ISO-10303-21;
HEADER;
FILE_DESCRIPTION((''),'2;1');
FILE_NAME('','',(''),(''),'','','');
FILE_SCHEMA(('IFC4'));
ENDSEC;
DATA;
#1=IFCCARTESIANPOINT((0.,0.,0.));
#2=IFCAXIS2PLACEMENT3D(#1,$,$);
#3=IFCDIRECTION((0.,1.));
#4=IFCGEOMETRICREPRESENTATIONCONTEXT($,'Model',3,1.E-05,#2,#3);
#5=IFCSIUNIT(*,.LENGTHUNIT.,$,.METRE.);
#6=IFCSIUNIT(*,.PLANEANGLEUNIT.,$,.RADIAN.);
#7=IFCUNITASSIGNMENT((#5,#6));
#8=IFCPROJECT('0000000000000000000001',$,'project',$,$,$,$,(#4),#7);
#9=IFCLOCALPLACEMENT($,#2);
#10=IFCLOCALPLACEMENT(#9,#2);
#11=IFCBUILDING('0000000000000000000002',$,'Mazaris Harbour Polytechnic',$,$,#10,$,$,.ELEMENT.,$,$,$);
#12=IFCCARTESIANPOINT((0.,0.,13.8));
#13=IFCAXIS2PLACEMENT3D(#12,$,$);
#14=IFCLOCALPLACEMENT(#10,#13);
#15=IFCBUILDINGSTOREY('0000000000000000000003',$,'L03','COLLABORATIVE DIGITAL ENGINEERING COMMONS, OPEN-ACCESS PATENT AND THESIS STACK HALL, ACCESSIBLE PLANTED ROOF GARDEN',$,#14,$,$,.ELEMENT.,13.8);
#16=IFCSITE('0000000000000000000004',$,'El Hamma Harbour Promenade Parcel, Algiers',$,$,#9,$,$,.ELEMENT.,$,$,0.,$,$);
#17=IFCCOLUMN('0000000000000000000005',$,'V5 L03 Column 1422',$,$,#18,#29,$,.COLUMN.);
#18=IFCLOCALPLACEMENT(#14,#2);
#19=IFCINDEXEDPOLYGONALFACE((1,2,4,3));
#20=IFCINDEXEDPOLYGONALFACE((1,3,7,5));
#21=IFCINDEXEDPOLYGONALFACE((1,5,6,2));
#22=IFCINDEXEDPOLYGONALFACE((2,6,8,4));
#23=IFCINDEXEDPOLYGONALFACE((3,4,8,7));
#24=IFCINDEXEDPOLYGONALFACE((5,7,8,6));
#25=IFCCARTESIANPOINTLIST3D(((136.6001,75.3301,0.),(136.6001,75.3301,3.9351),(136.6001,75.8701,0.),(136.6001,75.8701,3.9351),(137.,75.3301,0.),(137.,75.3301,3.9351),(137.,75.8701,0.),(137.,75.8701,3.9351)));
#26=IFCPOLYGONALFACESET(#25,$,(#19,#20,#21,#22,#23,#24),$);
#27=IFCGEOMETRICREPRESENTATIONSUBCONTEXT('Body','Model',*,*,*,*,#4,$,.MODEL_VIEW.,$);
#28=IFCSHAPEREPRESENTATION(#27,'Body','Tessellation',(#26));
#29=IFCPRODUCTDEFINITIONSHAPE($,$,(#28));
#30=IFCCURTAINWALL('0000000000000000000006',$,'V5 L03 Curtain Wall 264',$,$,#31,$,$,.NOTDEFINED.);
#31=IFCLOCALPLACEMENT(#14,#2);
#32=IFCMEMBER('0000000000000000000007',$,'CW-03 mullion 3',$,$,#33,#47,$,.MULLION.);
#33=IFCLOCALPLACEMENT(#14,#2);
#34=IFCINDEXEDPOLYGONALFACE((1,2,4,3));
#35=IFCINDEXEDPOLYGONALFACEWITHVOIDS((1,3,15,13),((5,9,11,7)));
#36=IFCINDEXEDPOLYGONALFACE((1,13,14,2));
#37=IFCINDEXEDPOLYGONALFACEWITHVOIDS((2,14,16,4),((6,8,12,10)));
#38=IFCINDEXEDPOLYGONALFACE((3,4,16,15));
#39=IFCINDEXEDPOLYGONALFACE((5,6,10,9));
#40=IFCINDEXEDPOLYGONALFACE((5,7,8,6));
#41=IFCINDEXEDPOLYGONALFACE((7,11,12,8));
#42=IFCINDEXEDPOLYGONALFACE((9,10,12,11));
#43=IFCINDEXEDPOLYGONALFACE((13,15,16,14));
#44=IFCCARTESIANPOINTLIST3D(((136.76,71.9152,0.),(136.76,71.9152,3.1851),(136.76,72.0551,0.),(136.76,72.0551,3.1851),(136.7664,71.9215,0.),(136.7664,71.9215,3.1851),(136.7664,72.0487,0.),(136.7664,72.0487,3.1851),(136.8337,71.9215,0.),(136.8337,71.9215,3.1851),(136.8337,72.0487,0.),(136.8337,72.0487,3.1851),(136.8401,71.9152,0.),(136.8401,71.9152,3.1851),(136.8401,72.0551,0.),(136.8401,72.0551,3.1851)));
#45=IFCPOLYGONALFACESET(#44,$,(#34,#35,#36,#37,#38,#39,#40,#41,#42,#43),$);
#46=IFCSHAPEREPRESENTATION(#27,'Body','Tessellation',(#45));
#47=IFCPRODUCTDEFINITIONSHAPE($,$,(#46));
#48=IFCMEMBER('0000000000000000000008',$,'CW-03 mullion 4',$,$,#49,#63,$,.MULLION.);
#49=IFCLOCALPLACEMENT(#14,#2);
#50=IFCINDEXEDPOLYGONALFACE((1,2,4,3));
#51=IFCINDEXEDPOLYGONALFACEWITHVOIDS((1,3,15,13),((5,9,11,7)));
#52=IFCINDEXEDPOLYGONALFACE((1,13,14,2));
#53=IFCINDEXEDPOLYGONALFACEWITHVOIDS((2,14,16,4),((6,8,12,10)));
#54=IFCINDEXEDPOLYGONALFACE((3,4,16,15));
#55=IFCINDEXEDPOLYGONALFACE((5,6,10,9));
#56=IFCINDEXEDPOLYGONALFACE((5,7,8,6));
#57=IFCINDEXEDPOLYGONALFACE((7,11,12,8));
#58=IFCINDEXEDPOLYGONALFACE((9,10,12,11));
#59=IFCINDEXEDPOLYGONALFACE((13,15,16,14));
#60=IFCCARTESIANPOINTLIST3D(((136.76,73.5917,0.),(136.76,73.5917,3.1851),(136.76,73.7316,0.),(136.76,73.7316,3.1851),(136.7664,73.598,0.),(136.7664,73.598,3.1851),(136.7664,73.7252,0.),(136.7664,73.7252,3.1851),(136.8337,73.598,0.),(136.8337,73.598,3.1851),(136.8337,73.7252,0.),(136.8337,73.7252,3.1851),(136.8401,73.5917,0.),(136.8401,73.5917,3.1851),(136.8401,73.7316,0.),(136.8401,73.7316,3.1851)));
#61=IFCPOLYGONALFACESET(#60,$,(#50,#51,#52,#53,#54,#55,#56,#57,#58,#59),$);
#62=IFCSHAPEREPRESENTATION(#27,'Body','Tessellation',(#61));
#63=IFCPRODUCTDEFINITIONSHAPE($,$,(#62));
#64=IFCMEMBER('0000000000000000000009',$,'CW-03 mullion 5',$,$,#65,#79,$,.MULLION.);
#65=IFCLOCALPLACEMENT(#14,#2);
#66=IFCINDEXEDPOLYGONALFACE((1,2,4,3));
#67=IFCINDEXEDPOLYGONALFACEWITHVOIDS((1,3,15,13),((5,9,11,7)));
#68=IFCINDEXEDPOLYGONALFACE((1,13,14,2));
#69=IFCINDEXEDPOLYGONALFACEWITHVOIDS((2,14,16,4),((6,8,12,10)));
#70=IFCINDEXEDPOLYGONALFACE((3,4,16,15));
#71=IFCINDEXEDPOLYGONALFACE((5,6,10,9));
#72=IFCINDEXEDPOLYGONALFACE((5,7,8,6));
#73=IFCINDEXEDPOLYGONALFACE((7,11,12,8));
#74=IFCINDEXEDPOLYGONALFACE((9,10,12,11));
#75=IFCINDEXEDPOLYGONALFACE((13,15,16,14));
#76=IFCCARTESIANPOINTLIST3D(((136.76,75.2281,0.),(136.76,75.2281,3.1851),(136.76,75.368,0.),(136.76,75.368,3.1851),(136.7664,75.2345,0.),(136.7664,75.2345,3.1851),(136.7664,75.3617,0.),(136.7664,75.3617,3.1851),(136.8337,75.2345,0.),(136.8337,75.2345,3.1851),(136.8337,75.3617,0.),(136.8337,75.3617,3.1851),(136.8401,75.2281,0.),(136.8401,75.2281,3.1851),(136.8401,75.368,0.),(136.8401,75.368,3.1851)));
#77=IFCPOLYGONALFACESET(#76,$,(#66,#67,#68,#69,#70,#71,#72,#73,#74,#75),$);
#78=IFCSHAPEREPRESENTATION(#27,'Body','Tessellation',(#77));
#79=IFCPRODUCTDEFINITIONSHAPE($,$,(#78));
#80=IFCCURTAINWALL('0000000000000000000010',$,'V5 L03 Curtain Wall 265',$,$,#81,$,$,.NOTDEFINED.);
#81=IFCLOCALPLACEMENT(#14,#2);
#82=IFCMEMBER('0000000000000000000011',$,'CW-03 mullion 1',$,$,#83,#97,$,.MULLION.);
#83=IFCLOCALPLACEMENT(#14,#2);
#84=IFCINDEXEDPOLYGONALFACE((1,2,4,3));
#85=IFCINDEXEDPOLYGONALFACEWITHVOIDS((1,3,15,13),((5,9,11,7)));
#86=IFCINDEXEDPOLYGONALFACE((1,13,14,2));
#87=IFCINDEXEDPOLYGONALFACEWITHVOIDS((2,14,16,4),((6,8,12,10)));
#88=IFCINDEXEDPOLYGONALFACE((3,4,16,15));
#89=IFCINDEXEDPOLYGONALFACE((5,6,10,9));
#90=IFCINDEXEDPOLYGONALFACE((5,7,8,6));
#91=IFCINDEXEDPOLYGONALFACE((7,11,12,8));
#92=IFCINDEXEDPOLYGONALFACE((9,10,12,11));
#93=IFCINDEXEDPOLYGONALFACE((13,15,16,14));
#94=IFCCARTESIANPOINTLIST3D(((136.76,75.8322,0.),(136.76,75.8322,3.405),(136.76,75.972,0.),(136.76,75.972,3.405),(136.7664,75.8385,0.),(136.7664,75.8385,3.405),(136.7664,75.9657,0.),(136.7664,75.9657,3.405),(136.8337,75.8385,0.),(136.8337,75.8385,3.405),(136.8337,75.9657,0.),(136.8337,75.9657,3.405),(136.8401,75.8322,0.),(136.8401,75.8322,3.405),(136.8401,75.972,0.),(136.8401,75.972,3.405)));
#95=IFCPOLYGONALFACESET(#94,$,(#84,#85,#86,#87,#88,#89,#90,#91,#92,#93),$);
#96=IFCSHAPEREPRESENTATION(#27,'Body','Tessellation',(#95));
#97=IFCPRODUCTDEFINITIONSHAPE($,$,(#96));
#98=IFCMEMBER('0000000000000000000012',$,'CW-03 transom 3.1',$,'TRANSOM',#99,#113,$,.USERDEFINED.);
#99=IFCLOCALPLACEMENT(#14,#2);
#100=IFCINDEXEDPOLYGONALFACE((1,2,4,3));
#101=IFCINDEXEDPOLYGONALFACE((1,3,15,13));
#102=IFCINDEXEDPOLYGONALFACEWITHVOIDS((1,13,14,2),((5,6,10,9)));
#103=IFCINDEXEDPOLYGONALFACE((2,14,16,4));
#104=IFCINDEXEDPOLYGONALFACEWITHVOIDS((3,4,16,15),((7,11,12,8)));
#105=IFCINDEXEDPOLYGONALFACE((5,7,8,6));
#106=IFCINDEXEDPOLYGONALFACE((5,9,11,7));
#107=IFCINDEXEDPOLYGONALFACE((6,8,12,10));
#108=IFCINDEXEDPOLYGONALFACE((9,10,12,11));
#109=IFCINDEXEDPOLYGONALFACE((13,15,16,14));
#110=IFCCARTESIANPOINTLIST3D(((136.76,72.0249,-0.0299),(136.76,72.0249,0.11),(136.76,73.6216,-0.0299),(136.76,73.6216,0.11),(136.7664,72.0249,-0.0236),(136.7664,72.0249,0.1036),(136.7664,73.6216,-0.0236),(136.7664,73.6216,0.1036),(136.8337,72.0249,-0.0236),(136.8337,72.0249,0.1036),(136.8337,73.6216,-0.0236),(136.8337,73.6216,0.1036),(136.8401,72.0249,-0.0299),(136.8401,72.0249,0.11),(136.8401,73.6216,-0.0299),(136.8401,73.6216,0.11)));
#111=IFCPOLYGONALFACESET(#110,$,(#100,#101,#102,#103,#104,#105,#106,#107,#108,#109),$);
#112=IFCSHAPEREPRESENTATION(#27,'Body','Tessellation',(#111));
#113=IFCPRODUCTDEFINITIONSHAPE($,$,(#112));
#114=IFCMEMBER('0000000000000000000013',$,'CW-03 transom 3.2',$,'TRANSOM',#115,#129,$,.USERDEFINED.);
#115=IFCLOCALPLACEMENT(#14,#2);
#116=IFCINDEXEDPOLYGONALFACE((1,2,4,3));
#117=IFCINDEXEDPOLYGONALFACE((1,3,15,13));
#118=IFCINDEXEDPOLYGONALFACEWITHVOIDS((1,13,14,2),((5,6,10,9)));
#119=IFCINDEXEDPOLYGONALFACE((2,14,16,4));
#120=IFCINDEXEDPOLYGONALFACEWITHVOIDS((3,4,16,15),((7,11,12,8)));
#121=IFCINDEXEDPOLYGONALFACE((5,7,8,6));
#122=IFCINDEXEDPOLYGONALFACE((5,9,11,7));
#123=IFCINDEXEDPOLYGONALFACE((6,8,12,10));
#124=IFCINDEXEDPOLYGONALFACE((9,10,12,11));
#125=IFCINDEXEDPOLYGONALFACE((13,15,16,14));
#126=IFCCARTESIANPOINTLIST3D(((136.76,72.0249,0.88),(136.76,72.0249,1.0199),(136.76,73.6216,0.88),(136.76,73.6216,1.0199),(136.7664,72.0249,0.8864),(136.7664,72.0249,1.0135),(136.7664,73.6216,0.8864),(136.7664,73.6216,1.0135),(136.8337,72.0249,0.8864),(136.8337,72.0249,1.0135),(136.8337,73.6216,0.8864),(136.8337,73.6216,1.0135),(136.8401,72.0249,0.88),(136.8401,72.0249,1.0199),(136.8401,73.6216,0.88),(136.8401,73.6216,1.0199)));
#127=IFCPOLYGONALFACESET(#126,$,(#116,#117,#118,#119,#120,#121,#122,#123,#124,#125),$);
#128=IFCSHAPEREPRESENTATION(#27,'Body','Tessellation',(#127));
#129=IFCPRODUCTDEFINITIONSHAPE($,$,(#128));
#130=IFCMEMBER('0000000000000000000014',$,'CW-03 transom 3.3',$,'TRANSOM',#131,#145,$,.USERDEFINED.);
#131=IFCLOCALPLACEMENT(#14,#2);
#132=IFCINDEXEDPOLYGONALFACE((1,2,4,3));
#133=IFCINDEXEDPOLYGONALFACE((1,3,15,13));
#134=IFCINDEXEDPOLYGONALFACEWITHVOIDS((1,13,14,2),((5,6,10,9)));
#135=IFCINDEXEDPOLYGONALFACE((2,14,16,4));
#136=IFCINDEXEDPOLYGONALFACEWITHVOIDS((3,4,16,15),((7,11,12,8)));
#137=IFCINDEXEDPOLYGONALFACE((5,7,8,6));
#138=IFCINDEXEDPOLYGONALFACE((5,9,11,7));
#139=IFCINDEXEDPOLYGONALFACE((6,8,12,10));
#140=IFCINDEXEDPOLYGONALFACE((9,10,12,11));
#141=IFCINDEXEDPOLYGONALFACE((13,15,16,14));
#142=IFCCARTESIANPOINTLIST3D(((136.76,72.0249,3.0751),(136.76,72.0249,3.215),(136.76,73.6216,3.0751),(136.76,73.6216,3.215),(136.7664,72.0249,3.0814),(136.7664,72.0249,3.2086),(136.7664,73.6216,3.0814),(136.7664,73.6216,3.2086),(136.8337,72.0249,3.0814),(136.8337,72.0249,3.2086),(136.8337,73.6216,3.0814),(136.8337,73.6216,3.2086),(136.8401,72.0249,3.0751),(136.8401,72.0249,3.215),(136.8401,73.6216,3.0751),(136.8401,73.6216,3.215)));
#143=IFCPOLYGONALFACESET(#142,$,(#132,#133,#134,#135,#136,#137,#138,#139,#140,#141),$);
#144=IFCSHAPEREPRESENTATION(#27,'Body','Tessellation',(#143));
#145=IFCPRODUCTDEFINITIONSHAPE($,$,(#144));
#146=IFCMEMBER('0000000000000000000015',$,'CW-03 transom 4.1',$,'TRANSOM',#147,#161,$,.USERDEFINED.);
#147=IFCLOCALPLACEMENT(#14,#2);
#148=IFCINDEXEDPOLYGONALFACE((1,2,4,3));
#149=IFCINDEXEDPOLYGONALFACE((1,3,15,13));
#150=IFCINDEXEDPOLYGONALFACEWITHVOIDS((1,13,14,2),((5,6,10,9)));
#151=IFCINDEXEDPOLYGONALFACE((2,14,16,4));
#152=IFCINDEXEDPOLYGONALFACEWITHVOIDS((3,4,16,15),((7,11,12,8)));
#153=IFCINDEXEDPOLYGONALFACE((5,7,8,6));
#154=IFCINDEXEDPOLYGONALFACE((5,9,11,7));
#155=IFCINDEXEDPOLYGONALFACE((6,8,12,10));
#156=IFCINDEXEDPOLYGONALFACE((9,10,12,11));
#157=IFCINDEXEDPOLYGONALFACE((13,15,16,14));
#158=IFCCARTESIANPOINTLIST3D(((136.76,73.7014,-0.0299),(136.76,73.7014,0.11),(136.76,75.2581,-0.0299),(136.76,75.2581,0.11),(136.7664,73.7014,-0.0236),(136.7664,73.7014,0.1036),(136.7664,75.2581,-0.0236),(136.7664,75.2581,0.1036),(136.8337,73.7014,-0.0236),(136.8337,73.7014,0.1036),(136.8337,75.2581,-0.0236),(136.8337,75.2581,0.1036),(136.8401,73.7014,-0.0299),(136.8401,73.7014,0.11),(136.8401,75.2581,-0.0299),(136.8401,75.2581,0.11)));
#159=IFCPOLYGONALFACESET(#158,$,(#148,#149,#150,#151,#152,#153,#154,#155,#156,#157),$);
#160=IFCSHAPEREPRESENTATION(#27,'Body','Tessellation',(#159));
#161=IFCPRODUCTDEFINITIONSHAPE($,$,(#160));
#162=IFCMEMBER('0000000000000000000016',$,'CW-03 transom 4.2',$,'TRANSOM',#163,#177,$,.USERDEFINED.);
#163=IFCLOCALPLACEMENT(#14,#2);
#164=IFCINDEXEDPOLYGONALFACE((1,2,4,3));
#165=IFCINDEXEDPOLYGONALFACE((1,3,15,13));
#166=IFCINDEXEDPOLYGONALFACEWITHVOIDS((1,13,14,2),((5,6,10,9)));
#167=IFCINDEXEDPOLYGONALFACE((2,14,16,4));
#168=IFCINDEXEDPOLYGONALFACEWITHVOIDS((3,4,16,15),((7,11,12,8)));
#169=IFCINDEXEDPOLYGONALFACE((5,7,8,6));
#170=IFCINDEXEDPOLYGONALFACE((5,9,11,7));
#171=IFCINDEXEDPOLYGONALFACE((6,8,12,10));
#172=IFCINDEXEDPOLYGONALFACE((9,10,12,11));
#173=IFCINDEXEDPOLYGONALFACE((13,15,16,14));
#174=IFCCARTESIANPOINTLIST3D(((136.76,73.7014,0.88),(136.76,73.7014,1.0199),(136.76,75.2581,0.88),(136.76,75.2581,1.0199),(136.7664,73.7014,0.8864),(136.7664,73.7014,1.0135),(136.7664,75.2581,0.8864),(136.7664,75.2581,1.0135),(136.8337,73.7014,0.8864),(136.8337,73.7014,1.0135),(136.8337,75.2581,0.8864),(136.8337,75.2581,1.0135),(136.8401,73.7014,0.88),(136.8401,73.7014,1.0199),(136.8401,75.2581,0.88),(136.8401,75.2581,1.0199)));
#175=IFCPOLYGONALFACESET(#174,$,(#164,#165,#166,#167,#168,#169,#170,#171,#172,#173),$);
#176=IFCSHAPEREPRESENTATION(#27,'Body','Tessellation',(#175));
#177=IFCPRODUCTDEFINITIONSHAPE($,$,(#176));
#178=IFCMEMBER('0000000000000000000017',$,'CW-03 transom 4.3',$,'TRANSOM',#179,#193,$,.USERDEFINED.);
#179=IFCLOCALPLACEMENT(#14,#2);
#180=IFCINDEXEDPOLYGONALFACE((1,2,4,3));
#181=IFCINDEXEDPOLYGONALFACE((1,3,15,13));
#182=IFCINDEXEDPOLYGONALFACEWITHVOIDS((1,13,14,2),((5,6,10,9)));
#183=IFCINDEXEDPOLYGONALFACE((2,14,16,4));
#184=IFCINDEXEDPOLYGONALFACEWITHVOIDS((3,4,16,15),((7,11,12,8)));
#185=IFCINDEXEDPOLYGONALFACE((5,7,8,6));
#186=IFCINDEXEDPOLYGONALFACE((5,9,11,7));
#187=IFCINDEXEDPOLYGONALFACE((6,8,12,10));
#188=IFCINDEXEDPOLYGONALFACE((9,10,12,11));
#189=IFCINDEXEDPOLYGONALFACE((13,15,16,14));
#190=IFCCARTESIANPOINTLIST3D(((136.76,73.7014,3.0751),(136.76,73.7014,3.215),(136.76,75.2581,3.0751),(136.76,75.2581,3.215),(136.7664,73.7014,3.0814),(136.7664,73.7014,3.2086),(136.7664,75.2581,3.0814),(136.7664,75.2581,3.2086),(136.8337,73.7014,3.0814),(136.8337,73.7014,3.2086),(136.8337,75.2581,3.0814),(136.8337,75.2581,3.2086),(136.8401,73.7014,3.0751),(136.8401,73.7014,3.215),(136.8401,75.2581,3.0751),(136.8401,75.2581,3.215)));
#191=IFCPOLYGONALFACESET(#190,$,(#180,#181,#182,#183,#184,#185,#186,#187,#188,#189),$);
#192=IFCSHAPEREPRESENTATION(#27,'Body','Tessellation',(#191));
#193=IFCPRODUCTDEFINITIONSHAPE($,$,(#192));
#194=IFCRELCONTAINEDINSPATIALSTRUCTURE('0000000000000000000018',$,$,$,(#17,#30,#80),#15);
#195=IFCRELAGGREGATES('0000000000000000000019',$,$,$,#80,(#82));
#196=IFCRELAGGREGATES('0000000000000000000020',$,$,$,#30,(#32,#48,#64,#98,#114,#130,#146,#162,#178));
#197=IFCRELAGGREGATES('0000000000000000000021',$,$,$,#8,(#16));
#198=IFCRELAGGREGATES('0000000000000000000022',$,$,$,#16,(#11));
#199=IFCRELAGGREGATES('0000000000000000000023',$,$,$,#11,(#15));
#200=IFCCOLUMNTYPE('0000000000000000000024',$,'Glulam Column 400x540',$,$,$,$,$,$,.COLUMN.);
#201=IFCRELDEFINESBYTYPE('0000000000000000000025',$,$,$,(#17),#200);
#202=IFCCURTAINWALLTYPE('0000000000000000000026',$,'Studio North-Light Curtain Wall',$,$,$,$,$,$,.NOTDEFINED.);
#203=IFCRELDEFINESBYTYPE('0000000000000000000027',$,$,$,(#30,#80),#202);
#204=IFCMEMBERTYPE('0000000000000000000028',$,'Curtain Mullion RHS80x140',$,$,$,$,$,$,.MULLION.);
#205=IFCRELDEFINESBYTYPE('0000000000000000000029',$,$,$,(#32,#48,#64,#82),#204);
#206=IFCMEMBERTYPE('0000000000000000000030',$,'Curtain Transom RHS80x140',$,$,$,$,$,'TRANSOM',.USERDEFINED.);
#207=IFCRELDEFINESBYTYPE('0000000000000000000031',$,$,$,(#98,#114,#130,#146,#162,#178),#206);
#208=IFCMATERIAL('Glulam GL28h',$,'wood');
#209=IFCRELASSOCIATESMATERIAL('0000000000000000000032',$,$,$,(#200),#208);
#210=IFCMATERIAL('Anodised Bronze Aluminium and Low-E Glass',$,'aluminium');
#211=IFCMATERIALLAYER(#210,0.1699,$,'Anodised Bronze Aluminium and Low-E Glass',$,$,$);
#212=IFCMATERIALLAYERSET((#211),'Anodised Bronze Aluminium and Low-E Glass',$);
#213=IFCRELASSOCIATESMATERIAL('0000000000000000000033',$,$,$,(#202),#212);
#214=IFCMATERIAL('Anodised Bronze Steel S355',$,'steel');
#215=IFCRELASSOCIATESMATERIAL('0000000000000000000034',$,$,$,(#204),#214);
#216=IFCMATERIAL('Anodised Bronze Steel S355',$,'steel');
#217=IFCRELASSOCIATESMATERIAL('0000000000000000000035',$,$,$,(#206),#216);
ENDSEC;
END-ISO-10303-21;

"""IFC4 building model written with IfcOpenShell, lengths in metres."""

from ifc_helpers import new_model, si_unit, direction, frame, origin, origin_2d, place, context, subcontext, project, spatial, rectangle, hollow_rectangle, extrude, material, layer, layer_set, material_profile, profile_set, type_object, element, aggregate, save


model = new_model("IFC4")

# Units and contexts
model_context = context("Model", 3, precision=1e-05, world=origin(), true_north=direction((0.0, 1.0)))
body_context = subcontext(model_context, "Body", "Model", "MODEL_VIEW")
ifc_project = project(units=[si_unit("LENGTHUNIT", "METRE"), si_unit("PLANEANGLEUNIT", "RADIAN")], contexts=[model_context])

# Site, building, storey
site_placement = place(None, origin())
site = spatial("IfcSite", under=ifc_project, at=site_placement, Name="El Hamma Harbour Promenade Parcel, Algiers", CompositionType="ELEMENT", RefElevation=0.0)
building_placement = place(site_placement, origin())
building = spatial("IfcBuilding", under=site, at=building_placement, Name="Mazaris Harbour Polytechnic", CompositionType="ELEMENT")
storey_placement = place(building_placement, frame((0.0, 0.0, 13.8)))
storey = spatial("IfcBuildingStorey", under=building, at=storey_placement, Name="L03", Description="COLLABORATIVE DIGITAL ENGINEERING COMMONS, OPEN-ACCESS PATENT AND THESIS STACK HALL, ACCESSIBLE PLANTED ROOF GARDEN", CompositionType="ELEMENT", Elevation=13.8)

# Column
ifc_material_1 = material(Name="Glulam GL28h", Category="wood")
ifc_material_profile_1 = material_profile(ifc_material_1, rectangle(XDim=0.3999, YDim=0.54, at=origin_2d()), Name="RECT400x540")
ifc_profile_set_1 = profile_set([ifc_material_profile_1], Name="Glulam GL28h")
column_type = type_object("IfcColumnType", Name="Glulam Column 400x540", PredefinedType="COLUMN", material=ifc_profile_set_1)
column_placement = place(storey_placement, frame((136.8, 75.6001, 0.0), z_axis=(0.0, 0.0, 1.0), x_axis=(1.0, 0.0, 0.0)))
element("IfcColumn", 1, at=column_placement, inside=storey, type_object=column_type, Name="V5 L03 Column 1422", PredefinedType="COLUMN", context=body_context, shape_type="SweptSolid", body=[
    extrude(rectangle(XDim=0.3999, YDim=0.54, at=origin_2d()), origin(), (0.0, 0.0, 1.0), 3.9351),
])

# Curtain wall, members
ifc_material_2 = material(Name="Anodised Bronze Aluminium and Low-E Glass", Category="aluminium")
ifc_layer_1 = layer(ifc_material_2, 0.1699, Name="Anodised Bronze Aluminium and Low-E Glass")
ifc_layer_set_1 = layer_set([ifc_layer_1], Name="Anodised Bronze Aluminium and Low-E Glass")
curtain_wall_type = type_object("IfcCurtainWallType", Name="Studio North-Light Curtain Wall", PredefinedType="NOTDEFINED", material=ifc_layer_set_1)
curtain_wall_1_placement = place(storey_placement, origin())
curtain_wall_1 = element("IfcCurtainWall", 2, at=curtain_wall_1_placement, inside=storey, type_object=curtain_wall_type, Name="V5 L03 Curtain Wall 264", PredefinedType="NOTDEFINED")
ifc_material_3 = material(Name="Anodised Bronze Steel S355", Category="steel")
ifc_material_profile_2 = material_profile(ifc_material_3, hollow_rectangle(XDim=0.0801, YDim=0.1399, WallThickness=0.0063, at=origin_2d()), Name="RHS 80x140x6.3")
ifc_profile_set_2 = profile_set([ifc_material_profile_2], Name="Anodised Bronze Steel S355")
member_type_1 = type_object("IfcMemberType", Name="Curtain Mullion RHS80x140", PredefinedType="MULLION", material=ifc_profile_set_2)
member_1_placement = place(storey_placement, frame((136.8, 71.9851, 0.0), z_axis=(0.0, 0.0, 1.0), x_axis=(-1.0, 0.0, 0.0)))
member_1 = element("IfcMember", 3, at=member_1_placement, type_object=member_type_1, Name="CW-03 mullion 3", PredefinedType="MULLION", context=body_context, shape_type="SweptSolid", body=[
    extrude(hollow_rectangle(XDim=0.0801, YDim=0.1399, WallThickness=0.0063, at=origin_2d()), origin(), (0.0, 0.0, 1.0), 3.1851),
])
member_2_placement = place(storey_placement, frame((136.8, 73.6616, 0.0), z_axis=(0.0, 0.0, 1.0), x_axis=(-1.0, 0.0, 0.0)))
member_2 = element("IfcMember", 4, at=member_2_placement, type_object=member_type_1, Name="CW-03 mullion 4", PredefinedType="MULLION", context=body_context, shape_type="SweptSolid", body=[
    extrude(hollow_rectangle(XDim=0.0801, YDim=0.1399, WallThickness=0.0063, at=origin_2d()), origin(), (0.0, 0.0, 1.0), 3.1851),
])
member_3_placement = place(storey_placement, frame((136.8, 75.2981, 0.0), z_axis=(0.0, 0.0, 1.0), x_axis=(-1.0, 0.0, 0.0)))
member_3 = element("IfcMember", 5, at=member_3_placement, type_object=member_type_1, Name="CW-03 mullion 5", PredefinedType="MULLION", context=body_context, shape_type="SweptSolid", body=[
    extrude(hollow_rectangle(XDim=0.0801, YDim=0.1399, WallThickness=0.0063, at=origin_2d()), origin(), (0.0, 0.0, 1.0), 3.1851),
])

# Curtain wall, member
curtain_wall_2_placement = place(storey_placement, origin())
curtain_wall_2 = element("IfcCurtainWall", 6, at=curtain_wall_2_placement, inside=storey, type_object=curtain_wall_type, Name="V5 L03 Curtain Wall 265", PredefinedType="NOTDEFINED")
member_4_placement = place(storey_placement, frame((136.8, 75.9021, 0.0), z_axis=(0.0, 0.0, 1.0), x_axis=(-1.0, 0.0, 0.0)))
member_4 = element("IfcMember", 7, at=member_4_placement, type_object=member_type_1, Name="CW-03 mullion 1", PredefinedType="MULLION", context=body_context, shape_type="SweptSolid", body=[
    extrude(hollow_rectangle(XDim=0.0801, YDim=0.1399, WallThickness=0.0063, at=origin_2d()), origin(), (0.0, 0.0, 1.0), 3.405),
])

# Members
ifc_material_4 = material(Name="Anodised Bronze Steel S355", Category="steel")
ifc_material_profile_3 = material_profile(ifc_material_4, hollow_rectangle(XDim=0.0801, YDim=0.1399, WallThickness=0.0063, at=origin_2d()), Name="RHS 80x140x6.3")
ifc_profile_set_3 = profile_set([ifc_material_profile_3], Name="Anodised Bronze Steel S355")
member_type_2 = type_object("IfcMemberType", Name="Curtain Transom RHS80x140", ElementType="TRANSOM", PredefinedType="USERDEFINED", material=ifc_profile_set_3)
member_5_placement = place(storey_placement, frame((136.8, 72.0249, 0.04), z_axis=(0.0, 1.0, 0.0), x_axis=(-1.0, 0.0, 0.0)))
member_5 = element("IfcMember", 8, at=member_5_placement, type_object=member_type_2, Name="CW-03 transom 3.1", ObjectType="TRANSOM", PredefinedType="USERDEFINED", context=body_context, shape_type="SweptSolid", body=[
    extrude(hollow_rectangle(XDim=0.0801, YDim=0.1399, WallThickness=0.0063, at=origin_2d()), origin(), (0.0, 0.0, 1.0), 1.5967),
])
member_6_placement = place(storey_placement, frame((136.8, 72.0249, 0.95), z_axis=(0.0, 1.0, 0.0), x_axis=(-1.0, 0.0, 0.0)))
member_6 = element("IfcMember", 9, at=member_6_placement, type_object=member_type_2, Name="CW-03 transom 3.2", ObjectType="TRANSOM", PredefinedType="USERDEFINED", context=body_context, shape_type="SweptSolid", body=[
    extrude(hollow_rectangle(XDim=0.0801, YDim=0.1399, WallThickness=0.0063, at=origin_2d()), origin(), (0.0, 0.0, 1.0), 1.5967),
])
member_7_placement = place(storey_placement, frame((136.8, 72.0249, 3.145), z_axis=(0.0, 1.0, 0.0), x_axis=(-1.0, 0.0, 0.0)))
member_7 = element("IfcMember", 10, at=member_7_placement, type_object=member_type_2, Name="CW-03 transom 3.3", ObjectType="TRANSOM", PredefinedType="USERDEFINED", context=body_context, shape_type="SweptSolid", body=[
    extrude(hollow_rectangle(XDim=0.0801, YDim=0.1399, WallThickness=0.0063, at=origin_2d()), origin(), (0.0, 0.0, 1.0), 1.5967),
])
member_8_placement = place(storey_placement, frame((136.8, 73.7014, 0.04), z_axis=(0.0, 1.0, 0.0), x_axis=(-1.0, 0.0, 0.0)))
member_8 = element("IfcMember", 11, at=member_8_placement, type_object=member_type_2, Name="CW-03 transom 4.1", ObjectType="TRANSOM", PredefinedType="USERDEFINED", context=body_context, shape_type="SweptSolid", body=[
    extrude(hollow_rectangle(XDim=0.0801, YDim=0.1399, WallThickness=0.0063, at=origin_2d()), origin(), (0.0, 0.0, 1.0), 1.5566),
])
member_9_placement = place(storey_placement, frame((136.8, 73.7014, 0.95), z_axis=(0.0, 1.0, 0.0), x_axis=(-1.0, 0.0, 0.0)))
member_9 = element("IfcMember", 12, at=member_9_placement, type_object=member_type_2, Name="CW-03 transom 4.2", ObjectType="TRANSOM", PredefinedType="USERDEFINED", context=body_context, shape_type="SweptSolid", body=[
    extrude(hollow_rectangle(XDim=0.0801, YDim=0.1399, WallThickness=0.0063, at=origin_2d()), origin(), (0.0, 0.0, 1.0), 1.5566),
])
member_10_placement = place(storey_placement, frame((136.8, 73.7014, 3.145), z_axis=(0.0, 1.0, 0.0), x_axis=(-1.0, 0.0, 0.0)))
member_10 = element("IfcMember", 13, at=member_10_placement, type_object=member_type_2, Name="CW-03 transom 4.3", ObjectType="TRANSOM", PredefinedType="USERDEFINED", context=body_context, shape_type="SweptSolid", body=[
    extrude(hollow_rectangle(XDim=0.0801, YDim=0.1399, WallThickness=0.0063, at=origin_2d()), origin(), (0.0, 0.0, 1.0), 1.5566),
])
aggregate(curtain_wall_2, [member_4])

aggregate(curtain_wall_1, [member_1, member_2, member_3, member_5, member_6, member_7, member_8, member_9, member_10])

save(model, "model.ifc")
